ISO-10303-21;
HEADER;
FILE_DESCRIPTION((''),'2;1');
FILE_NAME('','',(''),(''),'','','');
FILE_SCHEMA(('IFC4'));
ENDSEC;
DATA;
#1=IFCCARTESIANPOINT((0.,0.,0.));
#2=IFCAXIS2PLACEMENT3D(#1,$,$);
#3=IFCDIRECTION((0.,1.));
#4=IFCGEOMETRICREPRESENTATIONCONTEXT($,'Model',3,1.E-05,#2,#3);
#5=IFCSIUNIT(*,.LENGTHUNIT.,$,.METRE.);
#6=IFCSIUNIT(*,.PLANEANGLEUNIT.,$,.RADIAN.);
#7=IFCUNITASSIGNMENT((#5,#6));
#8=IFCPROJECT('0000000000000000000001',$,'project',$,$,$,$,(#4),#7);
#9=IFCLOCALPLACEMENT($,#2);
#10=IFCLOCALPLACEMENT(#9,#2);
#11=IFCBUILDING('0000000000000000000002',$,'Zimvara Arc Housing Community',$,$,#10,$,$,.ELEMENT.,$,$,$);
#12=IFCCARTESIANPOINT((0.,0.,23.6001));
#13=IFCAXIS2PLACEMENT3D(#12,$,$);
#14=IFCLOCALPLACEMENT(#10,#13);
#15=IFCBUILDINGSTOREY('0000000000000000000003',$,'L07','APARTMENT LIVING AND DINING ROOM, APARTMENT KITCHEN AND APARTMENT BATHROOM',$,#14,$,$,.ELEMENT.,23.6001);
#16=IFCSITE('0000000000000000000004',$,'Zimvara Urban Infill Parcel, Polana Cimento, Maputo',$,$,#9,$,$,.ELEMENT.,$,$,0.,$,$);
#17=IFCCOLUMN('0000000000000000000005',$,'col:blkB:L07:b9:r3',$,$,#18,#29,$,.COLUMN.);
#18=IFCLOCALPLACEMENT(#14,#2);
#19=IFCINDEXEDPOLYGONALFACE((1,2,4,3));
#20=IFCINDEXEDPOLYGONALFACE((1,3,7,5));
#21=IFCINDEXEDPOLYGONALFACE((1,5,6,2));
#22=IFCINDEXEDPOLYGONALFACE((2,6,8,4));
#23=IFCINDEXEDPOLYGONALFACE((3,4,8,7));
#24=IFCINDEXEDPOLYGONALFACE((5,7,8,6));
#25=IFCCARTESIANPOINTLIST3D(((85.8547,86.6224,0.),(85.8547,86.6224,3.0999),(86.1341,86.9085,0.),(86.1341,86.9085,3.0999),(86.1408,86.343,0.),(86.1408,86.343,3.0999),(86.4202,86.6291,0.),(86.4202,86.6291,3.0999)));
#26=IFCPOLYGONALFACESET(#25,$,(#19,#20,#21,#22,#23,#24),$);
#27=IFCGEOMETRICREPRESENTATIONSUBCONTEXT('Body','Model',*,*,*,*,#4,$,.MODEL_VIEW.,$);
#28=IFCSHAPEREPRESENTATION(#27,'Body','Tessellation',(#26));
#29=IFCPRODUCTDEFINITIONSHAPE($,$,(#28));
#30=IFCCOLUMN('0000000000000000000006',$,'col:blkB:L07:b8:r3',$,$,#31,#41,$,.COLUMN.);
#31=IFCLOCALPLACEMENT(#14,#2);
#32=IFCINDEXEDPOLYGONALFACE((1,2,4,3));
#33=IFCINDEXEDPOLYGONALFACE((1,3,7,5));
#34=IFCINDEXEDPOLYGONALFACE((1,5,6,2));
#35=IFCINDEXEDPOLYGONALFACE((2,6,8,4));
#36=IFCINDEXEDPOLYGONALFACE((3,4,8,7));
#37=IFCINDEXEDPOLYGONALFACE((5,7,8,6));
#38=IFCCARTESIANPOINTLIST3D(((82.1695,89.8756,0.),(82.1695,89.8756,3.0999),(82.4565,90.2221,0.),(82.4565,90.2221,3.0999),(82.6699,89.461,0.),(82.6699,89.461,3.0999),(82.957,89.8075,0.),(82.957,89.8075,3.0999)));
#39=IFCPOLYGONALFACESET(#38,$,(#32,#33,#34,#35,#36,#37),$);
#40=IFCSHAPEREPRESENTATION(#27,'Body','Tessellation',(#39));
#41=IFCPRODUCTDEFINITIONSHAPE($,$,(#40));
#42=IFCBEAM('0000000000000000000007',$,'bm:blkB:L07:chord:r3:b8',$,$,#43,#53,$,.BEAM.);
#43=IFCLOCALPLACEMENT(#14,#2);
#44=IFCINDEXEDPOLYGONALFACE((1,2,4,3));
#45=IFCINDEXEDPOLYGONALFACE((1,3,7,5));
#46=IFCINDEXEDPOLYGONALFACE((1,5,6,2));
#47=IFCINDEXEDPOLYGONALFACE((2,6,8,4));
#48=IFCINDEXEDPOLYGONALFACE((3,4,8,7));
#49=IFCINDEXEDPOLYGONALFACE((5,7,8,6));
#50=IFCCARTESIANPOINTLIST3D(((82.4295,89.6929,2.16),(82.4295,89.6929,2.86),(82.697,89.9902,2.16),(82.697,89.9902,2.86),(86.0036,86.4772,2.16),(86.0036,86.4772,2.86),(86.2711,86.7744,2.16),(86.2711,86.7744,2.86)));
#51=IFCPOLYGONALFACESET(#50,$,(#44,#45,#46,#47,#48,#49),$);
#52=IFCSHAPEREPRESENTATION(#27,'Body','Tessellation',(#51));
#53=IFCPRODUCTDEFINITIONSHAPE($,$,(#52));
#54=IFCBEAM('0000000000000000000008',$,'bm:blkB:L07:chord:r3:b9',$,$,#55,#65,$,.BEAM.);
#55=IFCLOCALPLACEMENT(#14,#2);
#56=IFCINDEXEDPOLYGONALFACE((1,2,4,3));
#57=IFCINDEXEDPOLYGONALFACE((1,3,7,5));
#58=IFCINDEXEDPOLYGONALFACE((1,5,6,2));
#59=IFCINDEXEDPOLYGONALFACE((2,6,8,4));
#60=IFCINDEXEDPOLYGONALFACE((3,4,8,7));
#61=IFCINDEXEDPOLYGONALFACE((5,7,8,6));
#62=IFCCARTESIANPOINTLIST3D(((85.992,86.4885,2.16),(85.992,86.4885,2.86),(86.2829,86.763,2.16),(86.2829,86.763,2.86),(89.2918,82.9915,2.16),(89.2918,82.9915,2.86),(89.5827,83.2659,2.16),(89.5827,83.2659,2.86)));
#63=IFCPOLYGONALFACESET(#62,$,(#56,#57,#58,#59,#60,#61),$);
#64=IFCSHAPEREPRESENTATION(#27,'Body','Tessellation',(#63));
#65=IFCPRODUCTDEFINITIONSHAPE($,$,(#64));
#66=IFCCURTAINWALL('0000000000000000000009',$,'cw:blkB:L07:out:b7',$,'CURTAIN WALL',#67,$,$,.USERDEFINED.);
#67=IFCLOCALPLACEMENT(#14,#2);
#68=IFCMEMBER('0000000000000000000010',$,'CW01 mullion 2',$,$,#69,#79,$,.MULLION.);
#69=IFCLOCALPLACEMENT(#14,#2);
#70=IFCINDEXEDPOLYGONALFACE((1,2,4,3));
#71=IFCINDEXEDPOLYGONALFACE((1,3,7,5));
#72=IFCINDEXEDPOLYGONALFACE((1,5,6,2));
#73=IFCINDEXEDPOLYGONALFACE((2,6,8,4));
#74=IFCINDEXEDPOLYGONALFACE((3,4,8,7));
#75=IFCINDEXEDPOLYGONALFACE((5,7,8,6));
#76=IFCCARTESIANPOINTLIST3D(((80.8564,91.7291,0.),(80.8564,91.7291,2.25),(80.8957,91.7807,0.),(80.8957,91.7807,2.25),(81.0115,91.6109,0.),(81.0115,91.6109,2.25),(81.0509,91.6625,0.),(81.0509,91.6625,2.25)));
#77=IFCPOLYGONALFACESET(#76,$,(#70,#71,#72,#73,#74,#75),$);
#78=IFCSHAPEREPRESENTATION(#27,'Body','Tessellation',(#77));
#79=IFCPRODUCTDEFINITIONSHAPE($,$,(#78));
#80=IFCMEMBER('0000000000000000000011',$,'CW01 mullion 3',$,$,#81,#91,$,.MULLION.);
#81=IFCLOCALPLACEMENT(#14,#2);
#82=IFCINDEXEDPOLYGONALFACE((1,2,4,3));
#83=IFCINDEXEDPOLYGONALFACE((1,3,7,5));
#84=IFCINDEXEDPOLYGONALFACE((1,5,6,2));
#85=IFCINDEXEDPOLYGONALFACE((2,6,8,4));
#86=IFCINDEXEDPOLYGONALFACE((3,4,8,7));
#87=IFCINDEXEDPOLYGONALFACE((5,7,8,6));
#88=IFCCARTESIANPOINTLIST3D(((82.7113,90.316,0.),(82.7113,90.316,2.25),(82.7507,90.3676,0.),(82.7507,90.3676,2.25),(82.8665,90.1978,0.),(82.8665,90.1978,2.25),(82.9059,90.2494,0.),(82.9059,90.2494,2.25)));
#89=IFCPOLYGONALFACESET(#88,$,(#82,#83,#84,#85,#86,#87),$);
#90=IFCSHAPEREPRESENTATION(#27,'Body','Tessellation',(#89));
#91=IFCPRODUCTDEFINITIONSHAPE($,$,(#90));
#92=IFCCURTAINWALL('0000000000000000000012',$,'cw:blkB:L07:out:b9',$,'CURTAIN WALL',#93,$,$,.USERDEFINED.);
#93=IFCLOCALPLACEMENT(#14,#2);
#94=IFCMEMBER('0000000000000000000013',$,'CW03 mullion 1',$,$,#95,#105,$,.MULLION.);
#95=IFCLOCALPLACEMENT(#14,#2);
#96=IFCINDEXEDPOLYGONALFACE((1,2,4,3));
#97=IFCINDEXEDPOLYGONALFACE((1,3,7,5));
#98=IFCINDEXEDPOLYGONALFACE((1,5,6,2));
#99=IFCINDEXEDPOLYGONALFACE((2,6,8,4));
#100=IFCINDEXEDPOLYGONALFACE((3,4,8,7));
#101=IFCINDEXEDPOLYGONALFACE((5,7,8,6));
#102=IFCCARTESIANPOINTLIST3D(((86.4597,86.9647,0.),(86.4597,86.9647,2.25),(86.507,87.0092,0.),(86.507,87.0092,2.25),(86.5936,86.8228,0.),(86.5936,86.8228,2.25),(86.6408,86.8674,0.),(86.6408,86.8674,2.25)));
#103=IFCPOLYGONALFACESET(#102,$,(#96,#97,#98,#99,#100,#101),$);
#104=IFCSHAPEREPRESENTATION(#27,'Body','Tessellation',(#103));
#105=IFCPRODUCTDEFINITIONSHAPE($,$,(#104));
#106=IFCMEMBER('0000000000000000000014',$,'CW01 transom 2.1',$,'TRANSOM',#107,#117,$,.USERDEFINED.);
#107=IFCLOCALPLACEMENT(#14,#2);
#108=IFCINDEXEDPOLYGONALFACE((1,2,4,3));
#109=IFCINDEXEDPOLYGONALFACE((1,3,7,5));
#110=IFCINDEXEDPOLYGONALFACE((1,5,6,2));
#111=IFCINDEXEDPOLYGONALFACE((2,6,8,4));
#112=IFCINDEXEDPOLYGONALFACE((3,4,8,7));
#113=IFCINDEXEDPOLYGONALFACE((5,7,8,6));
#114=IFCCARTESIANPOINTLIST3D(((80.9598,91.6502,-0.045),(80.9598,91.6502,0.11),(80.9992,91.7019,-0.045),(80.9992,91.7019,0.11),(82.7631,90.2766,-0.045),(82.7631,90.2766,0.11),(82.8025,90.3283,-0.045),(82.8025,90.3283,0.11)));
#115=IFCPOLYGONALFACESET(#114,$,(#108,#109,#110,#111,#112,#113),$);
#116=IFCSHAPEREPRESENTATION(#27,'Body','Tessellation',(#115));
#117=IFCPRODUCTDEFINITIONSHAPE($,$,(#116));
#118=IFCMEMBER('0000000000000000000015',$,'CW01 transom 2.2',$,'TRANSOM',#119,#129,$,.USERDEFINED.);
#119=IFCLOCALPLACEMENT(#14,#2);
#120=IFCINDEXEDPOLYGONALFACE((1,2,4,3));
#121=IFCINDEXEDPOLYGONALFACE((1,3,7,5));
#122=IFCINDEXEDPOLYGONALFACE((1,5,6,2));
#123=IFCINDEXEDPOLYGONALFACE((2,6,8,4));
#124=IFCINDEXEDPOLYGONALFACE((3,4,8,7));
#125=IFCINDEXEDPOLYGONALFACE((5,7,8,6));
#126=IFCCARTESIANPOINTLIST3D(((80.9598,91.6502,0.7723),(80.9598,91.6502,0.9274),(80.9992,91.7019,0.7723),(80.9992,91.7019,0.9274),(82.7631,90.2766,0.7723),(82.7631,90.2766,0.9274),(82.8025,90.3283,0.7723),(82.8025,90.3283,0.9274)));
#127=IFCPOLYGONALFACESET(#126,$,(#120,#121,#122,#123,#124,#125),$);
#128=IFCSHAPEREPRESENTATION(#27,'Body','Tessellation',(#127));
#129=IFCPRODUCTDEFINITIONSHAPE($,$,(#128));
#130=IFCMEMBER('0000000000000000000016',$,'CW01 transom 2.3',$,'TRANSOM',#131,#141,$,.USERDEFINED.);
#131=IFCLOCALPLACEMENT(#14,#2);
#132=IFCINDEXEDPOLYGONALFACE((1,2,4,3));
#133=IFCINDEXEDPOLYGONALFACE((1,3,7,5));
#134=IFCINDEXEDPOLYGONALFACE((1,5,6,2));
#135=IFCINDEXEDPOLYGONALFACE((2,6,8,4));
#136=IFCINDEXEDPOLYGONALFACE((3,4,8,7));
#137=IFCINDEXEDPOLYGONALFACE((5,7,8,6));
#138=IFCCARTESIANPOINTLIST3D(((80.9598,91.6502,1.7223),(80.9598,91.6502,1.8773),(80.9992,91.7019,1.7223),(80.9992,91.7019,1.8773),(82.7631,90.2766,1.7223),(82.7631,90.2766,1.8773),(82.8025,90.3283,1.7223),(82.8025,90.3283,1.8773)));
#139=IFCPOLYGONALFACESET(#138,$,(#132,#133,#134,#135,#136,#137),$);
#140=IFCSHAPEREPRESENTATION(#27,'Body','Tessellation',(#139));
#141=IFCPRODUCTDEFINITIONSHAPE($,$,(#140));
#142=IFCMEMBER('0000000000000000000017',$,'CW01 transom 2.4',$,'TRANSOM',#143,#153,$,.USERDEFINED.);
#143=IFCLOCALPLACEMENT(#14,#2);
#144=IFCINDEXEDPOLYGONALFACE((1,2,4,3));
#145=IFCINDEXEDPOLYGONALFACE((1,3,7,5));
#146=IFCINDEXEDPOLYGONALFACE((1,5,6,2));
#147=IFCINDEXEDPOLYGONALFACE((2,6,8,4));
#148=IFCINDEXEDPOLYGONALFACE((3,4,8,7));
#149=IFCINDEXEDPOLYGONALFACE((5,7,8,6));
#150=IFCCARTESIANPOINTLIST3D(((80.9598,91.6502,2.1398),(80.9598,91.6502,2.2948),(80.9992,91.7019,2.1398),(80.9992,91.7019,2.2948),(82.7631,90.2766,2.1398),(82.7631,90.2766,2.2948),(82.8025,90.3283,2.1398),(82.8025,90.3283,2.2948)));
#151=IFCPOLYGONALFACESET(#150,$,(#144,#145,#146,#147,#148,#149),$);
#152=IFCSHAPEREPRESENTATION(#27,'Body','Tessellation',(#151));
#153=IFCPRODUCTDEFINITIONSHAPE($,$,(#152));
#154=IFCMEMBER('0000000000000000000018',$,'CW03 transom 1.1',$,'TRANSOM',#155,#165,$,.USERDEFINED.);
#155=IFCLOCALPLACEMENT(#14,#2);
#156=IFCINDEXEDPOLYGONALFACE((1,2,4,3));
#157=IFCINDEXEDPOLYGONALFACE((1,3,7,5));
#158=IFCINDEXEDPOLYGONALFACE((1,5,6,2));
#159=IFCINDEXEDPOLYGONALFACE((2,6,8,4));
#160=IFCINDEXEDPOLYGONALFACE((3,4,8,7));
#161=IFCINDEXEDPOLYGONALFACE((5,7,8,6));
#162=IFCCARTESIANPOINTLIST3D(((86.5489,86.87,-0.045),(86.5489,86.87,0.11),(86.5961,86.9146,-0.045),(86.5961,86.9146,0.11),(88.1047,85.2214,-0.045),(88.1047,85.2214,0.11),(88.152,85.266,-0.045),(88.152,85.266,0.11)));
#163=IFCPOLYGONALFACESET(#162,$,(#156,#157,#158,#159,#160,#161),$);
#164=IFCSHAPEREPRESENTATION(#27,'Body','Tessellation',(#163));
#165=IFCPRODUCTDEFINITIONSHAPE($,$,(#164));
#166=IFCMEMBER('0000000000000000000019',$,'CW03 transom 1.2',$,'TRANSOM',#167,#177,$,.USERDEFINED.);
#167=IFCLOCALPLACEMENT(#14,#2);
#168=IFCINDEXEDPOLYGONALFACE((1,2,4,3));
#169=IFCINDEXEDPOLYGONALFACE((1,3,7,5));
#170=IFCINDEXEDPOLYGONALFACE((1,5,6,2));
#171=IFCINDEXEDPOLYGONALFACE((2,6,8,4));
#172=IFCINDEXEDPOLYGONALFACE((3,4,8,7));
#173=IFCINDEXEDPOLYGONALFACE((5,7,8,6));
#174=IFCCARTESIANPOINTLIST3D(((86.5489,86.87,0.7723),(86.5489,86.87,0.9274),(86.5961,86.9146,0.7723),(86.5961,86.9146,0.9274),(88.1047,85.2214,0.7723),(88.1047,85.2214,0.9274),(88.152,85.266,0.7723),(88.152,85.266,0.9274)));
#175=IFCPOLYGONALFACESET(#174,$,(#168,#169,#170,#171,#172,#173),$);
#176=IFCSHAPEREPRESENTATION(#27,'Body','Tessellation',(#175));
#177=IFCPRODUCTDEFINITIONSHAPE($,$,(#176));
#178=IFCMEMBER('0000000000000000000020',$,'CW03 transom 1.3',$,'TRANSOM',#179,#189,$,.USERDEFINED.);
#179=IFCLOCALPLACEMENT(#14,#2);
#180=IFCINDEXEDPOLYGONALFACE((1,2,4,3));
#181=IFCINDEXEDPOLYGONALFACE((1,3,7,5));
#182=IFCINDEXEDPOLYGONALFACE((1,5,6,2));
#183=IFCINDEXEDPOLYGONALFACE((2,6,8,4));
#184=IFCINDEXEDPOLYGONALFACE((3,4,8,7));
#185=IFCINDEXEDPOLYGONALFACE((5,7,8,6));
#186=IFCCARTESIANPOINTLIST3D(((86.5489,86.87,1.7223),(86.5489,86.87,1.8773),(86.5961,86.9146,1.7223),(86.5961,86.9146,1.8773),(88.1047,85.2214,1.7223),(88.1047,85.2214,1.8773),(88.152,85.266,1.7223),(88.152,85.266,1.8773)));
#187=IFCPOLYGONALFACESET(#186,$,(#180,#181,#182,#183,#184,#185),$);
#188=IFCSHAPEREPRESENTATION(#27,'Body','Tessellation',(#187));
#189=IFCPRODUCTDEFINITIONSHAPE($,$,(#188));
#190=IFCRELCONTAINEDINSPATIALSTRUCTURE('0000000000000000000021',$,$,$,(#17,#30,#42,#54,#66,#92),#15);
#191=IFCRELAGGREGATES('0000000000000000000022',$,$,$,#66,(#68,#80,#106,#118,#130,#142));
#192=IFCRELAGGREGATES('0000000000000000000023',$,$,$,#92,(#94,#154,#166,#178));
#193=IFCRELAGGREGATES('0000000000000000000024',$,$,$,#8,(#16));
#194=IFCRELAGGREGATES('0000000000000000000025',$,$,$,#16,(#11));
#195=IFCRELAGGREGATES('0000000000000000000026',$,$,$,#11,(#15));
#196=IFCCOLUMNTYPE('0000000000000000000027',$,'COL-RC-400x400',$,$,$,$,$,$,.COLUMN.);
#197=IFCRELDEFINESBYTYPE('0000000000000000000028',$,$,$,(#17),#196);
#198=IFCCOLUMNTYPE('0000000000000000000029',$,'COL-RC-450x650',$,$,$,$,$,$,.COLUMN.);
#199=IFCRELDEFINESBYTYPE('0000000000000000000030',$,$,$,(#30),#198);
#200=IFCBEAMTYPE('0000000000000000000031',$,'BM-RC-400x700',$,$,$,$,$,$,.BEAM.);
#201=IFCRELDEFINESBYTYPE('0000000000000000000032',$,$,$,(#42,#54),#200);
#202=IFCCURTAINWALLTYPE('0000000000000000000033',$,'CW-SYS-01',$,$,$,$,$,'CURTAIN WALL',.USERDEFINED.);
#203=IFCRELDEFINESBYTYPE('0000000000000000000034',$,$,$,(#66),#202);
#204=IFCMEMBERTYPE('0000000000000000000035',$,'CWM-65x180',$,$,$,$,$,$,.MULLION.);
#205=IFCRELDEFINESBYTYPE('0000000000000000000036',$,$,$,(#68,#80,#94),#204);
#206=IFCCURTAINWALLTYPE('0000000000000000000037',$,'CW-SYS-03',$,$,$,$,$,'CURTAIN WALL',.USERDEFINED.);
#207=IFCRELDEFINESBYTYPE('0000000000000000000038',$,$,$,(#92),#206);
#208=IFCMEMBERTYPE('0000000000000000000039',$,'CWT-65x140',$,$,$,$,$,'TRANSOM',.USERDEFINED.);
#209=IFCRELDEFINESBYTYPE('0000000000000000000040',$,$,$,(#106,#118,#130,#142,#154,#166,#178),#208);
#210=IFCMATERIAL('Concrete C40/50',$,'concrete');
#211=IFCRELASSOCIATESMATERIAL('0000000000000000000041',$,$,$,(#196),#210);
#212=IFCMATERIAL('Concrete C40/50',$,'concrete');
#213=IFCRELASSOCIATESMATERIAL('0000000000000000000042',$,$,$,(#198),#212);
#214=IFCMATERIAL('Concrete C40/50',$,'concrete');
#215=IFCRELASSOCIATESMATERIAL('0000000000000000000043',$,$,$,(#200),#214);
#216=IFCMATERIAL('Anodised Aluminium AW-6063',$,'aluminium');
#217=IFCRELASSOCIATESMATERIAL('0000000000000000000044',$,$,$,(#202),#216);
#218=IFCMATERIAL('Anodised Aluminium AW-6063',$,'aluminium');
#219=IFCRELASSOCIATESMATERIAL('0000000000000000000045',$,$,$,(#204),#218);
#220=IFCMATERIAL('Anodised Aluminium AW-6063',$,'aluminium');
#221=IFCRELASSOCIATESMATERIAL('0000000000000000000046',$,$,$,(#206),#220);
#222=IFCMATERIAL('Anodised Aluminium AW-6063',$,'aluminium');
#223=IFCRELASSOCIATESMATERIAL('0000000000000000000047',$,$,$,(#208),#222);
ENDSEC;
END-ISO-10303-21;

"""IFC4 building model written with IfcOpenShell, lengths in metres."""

from ifc_helpers import new_model, si_unit, direction, frame, origin, origin_2d, place, context, subcontext, project, spatial, rectangle, extrude, material, material_profile, profile_set, type_object, element, aggregate, save


model = new_model("IFC4")

# Units and contexts
model_context = context("Model", 3, precision=1e-05, world=origin(), true_north=direction((0.0, 1.0)))
body_context = subcontext(model_context, "Body", "Model", "MODEL_VIEW")
ifc_project = project(units=[si_unit("LENGTHUNIT", "METRE"), si_unit("PLANEANGLEUNIT", "RADIAN")], contexts=[model_context])

# Site, building, storey
site_placement = place(None, origin())
site = spatial("IfcSite", under=ifc_project, at=site_placement, Name="Zimvara Urban Infill Parcel, Polana Cimento, Maputo", CompositionType="ELEMENT", RefElevation=0.0)
building_placement = place(site_placement, origin())
building = spatial("IfcBuilding", under=site, at=building_placement, Name="Zimvara Arc Housing Community", CompositionType="ELEMENT")
storey_placement = place(building_placement, frame((0.0, 0.0, 23.6001)))
storey = spatial("IfcBuildingStorey", under=building, at=storey_placement, Name="L07", Description="APARTMENT LIVING AND DINING ROOM, APARTMENT KITCHEN AND APARTMENT BATHROOM", CompositionType="ELEMENT", Elevation=23.6001)

# Columns
ifc_material_1 = material(Name="Concrete C40/50", Category="concrete")
ifc_material_profile_1 = material_profile(ifc_material_1, rectangle(XDim=0.3999, YDim=0.3999, at=origin_2d()), Name="RC 400x400")
ifc_profile_set_1 = profile_set([ifc_material_profile_1], Name="Concrete C40/50")
column_type_1 = type_object("IfcColumnType", Name="COL-RC-400x400", PredefinedType="COLUMN", material=ifc_profile_set_1)
column_1_placement = place(storey_placement, frame((86.1375, 86.6257, 0.0), z_axis=(0.0, 0.0, 1.0), x_axis=(0.698665, 0.715449, 0.0)))
element("IfcColumn", 1, at=column_1_placement, inside=storey, type_object=column_type_1, Name="col:blkB:L07:b9:r3", PredefinedType="COLUMN", context=body_context, shape_type="SweptSolid", body=[
    extrude(rectangle(XDim=0.3999, YDim=0.3999, at=origin_2d()), origin(), (0.0, 0.0, 1.0), 3.0999),
])
ifc_material_2 = material(Name="Concrete C40/50", Category="concrete")
ifc_material_profile_2 = material_profile(ifc_material_2, rectangle(XDim=0.45, YDim=0.6499, at=origin_2d()), Name="RC 450x650")
ifc_profile_set_2 = profile_set([ifc_material_profile_2], Name="Concrete C40/50")
column_type_2 = type_object("IfcColumnType", Name="COL-RC-450x650", PredefinedType="COLUMN", material=ifc_profile_set_2)
column_2_placement = place(storey_placement, frame((82.5632, 89.8416, 0.0), z_axis=(0.0, 0.0, 1.0), x_axis=(0.637962, 0.770068, 0.0)))
element("IfcColumn", 2, at=column_2_placement, inside=storey, type_object=column_type_2, Name="col:blkB:L07:b8:r3", PredefinedType="COLUMN", context=body_context, shape_type="SweptSolid", body=[
    extrude(rectangle(XDim=0.45, YDim=0.6499, at=origin_2d()), origin(), (0.0, 0.0, 1.0), 3.0999),
])

# Beams
ifc_material_3 = material(Name="Concrete C40/50", Category="concrete")
ifc_material_profile_3 = material_profile(ifc_material_3, rectangle(XDim=0.3999, YDim=0.7, at=origin_2d()), Name="RC 400x700")
ifc_profile_set_3 = profile_set([ifc_material_profile_3], Name="Concrete C40/50")
beam_type = type_object("IfcBeamType", Name="BM-RC-400x700", PredefinedType="BEAM", material=ifc_profile_set_3)
beam_1_placement = place(storey_placement, frame((82.5632, 89.8416, 2.51), z_axis=(0.743395, -0.668853, 0.0), x_axis=(0.668853, 0.743395, 0.0)))
element("IfcBeam", 3, at=beam_1_placement, inside=storey, type_object=beam_type, Name="bm:blkB:L07:chord:r3:b8", PredefinedType="BEAM", context=body_context, shape_type="SweptSolid", body=[
    extrude(rectangle(XDim=0.3999, YDim=0.7, at=origin_2d()), origin(), (0.0, 0.0, 1.0), 4.8079),
])
beam_2_placement = place(storey_placement, frame((86.1375, 86.6257, 2.51), z_axis=(0.686295, -0.727323, 0.0), x_axis=(0.727323, 0.686295, 0.0)))
element("IfcBeam", 4, at=beam_2_placement, inside=storey, type_object=beam_type, Name="bm:blkB:L07:chord:r3:b9", PredefinedType="BEAM", context=body_context, shape_type="SweptSolid", body=[
    extrude(rectangle(XDim=0.3999, YDim=0.7, at=origin_2d()), origin(), (0.0, 0.0, 1.0), 4.8081),
])

# Curtain wall, members
ifc_material_4 = material(Name="Anodised Aluminium AW-6063", Category="aluminium")
curtain_wall_type_1 = type_object("IfcCurtainWallType", Name="CW-SYS-01", ElementType="CURTAIN WALL", PredefinedType="USERDEFINED", material=ifc_material_4)
curtain_wall_1_placement = place(storey_placement, origin())
curtain_wall_1 = element("IfcCurtainWall", 5, at=curtain_wall_1_placement, inside=storey, type_object=curtain_wall_type_1, Name="cw:blkB:L07:out:b7", ObjectType="CURTAIN WALL", PredefinedType="USERDEFINED")
ifc_material_5 = material(Name="Anodised Aluminium AW-6063", Category="aluminium")
ifc_material_profile_4 = material_profile(ifc_material_5, rectangle(XDim=0.0649, YDim=0.1951, at=origin_2d()), Name="ALU 65x195")
ifc_profile_set_4 = profile_set([ifc_material_profile_4], Name="Anodised Aluminium AW-6063")
member_type_1 = type_object("IfcMemberType", Name="CWM-65x180", PredefinedType="MULLION", material=ifc_profile_set_4)
member_1_placement = place(storey_placement, frame((80.9536, 91.6958, 0.0), z_axis=(0.0, 0.0, 1.0), x_axis=(0.605988, 0.795474, 0.0)))
member_1 = element("IfcMember", 6, at=member_1_placement, type_object=member_type_1, Name="CW01 mullion 2", PredefinedType="MULLION", context=body_context, shape_type="SweptSolid", body=[
    extrude(rectangle(XDim=0.0649, YDim=0.1951, at=origin_2d()), origin(), (0.0, 0.0, 1.0), 2.25),
])
member_2_placement = place(storey_placement, frame((82.8086, 90.2827, 0.0), z_axis=(0.0, 0.0, 1.0), x_axis=(0.605988, 0.795474, 0.0)))
member_2 = element("IfcMember", 7, at=member_2_placement, type_object=member_type_1, Name="CW01 mullion 3", PredefinedType="MULLION", context=body_context, shape_type="SweptSolid", body=[
    extrude(rectangle(XDim=0.0649, YDim=0.1951, at=origin_2d()), origin(), (0.0, 0.0, 1.0), 2.25),
])

# Curtain wall, member
ifc_material_6 = material(Name="Anodised Aluminium AW-6063", Category="aluminium")
curtain_wall_type_2 = type_object("IfcCurtainWallType", Name="CW-SYS-03", ElementType="CURTAIN WALL", PredefinedType="USERDEFINED", material=ifc_material_6)
curtain_wall_2_placement = place(storey_placement, origin())
curtain_wall_2 = element("IfcCurtainWall", 8, at=curtain_wall_2_placement, inside=storey, type_object=curtain_wall_type_2, Name="cw:blkB:L07:out:b9", ObjectType="CURTAIN WALL", PredefinedType="USERDEFINED")
member_3_placement = place(storey_placement, frame((86.5503, 86.916, 0.0), z_axis=(0.0, 0.0, 1.0), x_axis=(0.727294, 0.686326, 0.0)))
member_3 = element("IfcMember", 9, at=member_3_placement, type_object=member_type_1, Name="CW03 mullion 1", PredefinedType="MULLION", context=body_context, shape_type="SweptSolid", body=[
    extrude(rectangle(XDim=0.0649, YDim=0.1951, at=origin_2d()), origin(), (0.0, 0.0, 1.0), 2.25),
])

# Members
ifc_material_7 = material(Name="Anodised Aluminium AW-6063", Category="aluminium")
ifc_material_profile_5 = material_profile(ifc_material_7, rectangle(XDim=0.0649, YDim=0.155, at=origin_2d()), Name="ALU 65x155")
ifc_profile_set_5 = profile_set([ifc_material_profile_5], Name="Anodised Aluminium AW-6063")
member_type_2 = type_object("IfcMemberType", Name="CWT-65x140", ElementType="TRANSOM", PredefinedType="USERDEFINED", material=ifc_profile_set_5)
member_4_placement = place(storey_placement, frame((80.9795, 91.676, 0.0325), z_axis=(0.795506, -0.605946, 0.0), x_axis=(0.605946, 0.795506, 0.0)))
member_4 = element("IfcMember", 10, at=member_4_placement, type_object=member_type_2, Name="CW01 transom 2.1", ObjectType="TRANSOM", PredefinedType="USERDEFINED", context=body_context, shape_type="SweptSolid", body=[
    extrude(rectangle(XDim=0.0649, YDim=0.155, at=origin_2d()), origin(), (0.0, 0.0, 1.0), 2.2668),
])
member_5_placement = place(storey_placement, frame((80.9795, 91.676, 0.8499), z_axis=(0.795506, -0.605946, 0.0), x_axis=(0.605946, 0.795506, 0.0)))
member_5 = element("IfcMember", 11, at=member_5_placement, type_object=member_type_2, Name="CW01 transom 2.2", ObjectType="TRANSOM", PredefinedType="USERDEFINED", context=body_context, shape_type="SweptSolid", body=[
    extrude(rectangle(XDim=0.0649, YDim=0.155, at=origin_2d()), origin(), (0.0, 0.0, 1.0), 2.2668),
])
member_6_placement = place(storey_placement, frame((80.9795, 91.676, 1.7998), z_axis=(0.795506, -0.605946, 0.0), x_axis=(0.605946, 0.795506, 0.0)))
member_6 = element("IfcMember", 12, at=member_6_placement, type_object=member_type_2, Name="CW01 transom 2.3", ObjectType="TRANSOM", PredefinedType="USERDEFINED", context=body_context, shape_type="SweptSolid", body=[
    extrude(rectangle(XDim=0.0649, YDim=0.155, at=origin_2d()), origin(), (0.0, 0.0, 1.0), 2.2668),
])
member_7_placement = place(storey_placement, frame((80.9795, 91.676, 2.2173), z_axis=(0.795506, -0.605946, 0.0), x_axis=(0.605946, 0.795506, 0.0)))
member_7 = element("IfcMember", 13, at=member_7_placement, type_object=member_type_2, Name="CW01 transom 2.4", ObjectType="TRANSOM", PredefinedType="USERDEFINED", context=body_context, shape_type="SweptSolid", body=[
    extrude(rectangle(XDim=0.0649, YDim=0.155, at=origin_2d()), origin(), (0.0, 0.0, 1.0), 2.2668),
])
member_8_placement = place(storey_placement, frame((86.5725, 86.8923, 0.0325), z_axis=(0.686348, -0.727273, 0.0), x_axis=(0.727273, 0.686348, 0.0)))
member_8 = element("IfcMember", 14, at=member_8_placement, type_object=member_type_2, Name="CW03 transom 1.1", ObjectType="TRANSOM", PredefinedType="USERDEFINED", context=body_context, shape_type="SweptSolid", body=[
    extrude(rectangle(XDim=0.0649, YDim=0.155, at=origin_2d()), origin(), (0.0, 0.0, 1.0), 2.2668),
])
member_9_placement = place(storey_placement, frame((86.5725, 86.8923, 0.8499), z_axis=(0.686348, -0.727273, 0.0), x_axis=(0.727273, 0.686348, 0.0)))
member_9 = element("IfcMember", 15, at=member_9_placement, type_object=member_type_2, Name="CW03 transom 1.2", ObjectType="TRANSOM", PredefinedType="USERDEFINED", context=body_context, shape_type="SweptSolid", body=[
    extrude(rectangle(XDim=0.0649, YDim=0.155, at=origin_2d()), origin(), (0.0, 0.0, 1.0), 2.2668),
])
member_10_placement = place(storey_placement, frame((86.5725, 86.8923, 1.7998), z_axis=(0.686348, -0.727273, 0.0), x_axis=(0.727273, 0.686348, 0.0)))
member_10 = element("IfcMember", 16, at=member_10_placement, type_object=member_type_2, Name="CW03 transom 1.3", ObjectType="TRANSOM", PredefinedType="USERDEFINED", context=body_context, shape_type="SweptSolid", body=[
    extrude(rectangle(XDim=0.0649, YDim=0.155, at=origin_2d()), origin(), (0.0, 0.0, 1.0), 2.2668),
])

aggregate(curtain_wall_1, [member_1, member_2, member_4, member_5, member_6, member_7])
aggregate(curtain_wall_2, [member_3, member_8, member_9, member_10])

save(model, "model.ifc")
